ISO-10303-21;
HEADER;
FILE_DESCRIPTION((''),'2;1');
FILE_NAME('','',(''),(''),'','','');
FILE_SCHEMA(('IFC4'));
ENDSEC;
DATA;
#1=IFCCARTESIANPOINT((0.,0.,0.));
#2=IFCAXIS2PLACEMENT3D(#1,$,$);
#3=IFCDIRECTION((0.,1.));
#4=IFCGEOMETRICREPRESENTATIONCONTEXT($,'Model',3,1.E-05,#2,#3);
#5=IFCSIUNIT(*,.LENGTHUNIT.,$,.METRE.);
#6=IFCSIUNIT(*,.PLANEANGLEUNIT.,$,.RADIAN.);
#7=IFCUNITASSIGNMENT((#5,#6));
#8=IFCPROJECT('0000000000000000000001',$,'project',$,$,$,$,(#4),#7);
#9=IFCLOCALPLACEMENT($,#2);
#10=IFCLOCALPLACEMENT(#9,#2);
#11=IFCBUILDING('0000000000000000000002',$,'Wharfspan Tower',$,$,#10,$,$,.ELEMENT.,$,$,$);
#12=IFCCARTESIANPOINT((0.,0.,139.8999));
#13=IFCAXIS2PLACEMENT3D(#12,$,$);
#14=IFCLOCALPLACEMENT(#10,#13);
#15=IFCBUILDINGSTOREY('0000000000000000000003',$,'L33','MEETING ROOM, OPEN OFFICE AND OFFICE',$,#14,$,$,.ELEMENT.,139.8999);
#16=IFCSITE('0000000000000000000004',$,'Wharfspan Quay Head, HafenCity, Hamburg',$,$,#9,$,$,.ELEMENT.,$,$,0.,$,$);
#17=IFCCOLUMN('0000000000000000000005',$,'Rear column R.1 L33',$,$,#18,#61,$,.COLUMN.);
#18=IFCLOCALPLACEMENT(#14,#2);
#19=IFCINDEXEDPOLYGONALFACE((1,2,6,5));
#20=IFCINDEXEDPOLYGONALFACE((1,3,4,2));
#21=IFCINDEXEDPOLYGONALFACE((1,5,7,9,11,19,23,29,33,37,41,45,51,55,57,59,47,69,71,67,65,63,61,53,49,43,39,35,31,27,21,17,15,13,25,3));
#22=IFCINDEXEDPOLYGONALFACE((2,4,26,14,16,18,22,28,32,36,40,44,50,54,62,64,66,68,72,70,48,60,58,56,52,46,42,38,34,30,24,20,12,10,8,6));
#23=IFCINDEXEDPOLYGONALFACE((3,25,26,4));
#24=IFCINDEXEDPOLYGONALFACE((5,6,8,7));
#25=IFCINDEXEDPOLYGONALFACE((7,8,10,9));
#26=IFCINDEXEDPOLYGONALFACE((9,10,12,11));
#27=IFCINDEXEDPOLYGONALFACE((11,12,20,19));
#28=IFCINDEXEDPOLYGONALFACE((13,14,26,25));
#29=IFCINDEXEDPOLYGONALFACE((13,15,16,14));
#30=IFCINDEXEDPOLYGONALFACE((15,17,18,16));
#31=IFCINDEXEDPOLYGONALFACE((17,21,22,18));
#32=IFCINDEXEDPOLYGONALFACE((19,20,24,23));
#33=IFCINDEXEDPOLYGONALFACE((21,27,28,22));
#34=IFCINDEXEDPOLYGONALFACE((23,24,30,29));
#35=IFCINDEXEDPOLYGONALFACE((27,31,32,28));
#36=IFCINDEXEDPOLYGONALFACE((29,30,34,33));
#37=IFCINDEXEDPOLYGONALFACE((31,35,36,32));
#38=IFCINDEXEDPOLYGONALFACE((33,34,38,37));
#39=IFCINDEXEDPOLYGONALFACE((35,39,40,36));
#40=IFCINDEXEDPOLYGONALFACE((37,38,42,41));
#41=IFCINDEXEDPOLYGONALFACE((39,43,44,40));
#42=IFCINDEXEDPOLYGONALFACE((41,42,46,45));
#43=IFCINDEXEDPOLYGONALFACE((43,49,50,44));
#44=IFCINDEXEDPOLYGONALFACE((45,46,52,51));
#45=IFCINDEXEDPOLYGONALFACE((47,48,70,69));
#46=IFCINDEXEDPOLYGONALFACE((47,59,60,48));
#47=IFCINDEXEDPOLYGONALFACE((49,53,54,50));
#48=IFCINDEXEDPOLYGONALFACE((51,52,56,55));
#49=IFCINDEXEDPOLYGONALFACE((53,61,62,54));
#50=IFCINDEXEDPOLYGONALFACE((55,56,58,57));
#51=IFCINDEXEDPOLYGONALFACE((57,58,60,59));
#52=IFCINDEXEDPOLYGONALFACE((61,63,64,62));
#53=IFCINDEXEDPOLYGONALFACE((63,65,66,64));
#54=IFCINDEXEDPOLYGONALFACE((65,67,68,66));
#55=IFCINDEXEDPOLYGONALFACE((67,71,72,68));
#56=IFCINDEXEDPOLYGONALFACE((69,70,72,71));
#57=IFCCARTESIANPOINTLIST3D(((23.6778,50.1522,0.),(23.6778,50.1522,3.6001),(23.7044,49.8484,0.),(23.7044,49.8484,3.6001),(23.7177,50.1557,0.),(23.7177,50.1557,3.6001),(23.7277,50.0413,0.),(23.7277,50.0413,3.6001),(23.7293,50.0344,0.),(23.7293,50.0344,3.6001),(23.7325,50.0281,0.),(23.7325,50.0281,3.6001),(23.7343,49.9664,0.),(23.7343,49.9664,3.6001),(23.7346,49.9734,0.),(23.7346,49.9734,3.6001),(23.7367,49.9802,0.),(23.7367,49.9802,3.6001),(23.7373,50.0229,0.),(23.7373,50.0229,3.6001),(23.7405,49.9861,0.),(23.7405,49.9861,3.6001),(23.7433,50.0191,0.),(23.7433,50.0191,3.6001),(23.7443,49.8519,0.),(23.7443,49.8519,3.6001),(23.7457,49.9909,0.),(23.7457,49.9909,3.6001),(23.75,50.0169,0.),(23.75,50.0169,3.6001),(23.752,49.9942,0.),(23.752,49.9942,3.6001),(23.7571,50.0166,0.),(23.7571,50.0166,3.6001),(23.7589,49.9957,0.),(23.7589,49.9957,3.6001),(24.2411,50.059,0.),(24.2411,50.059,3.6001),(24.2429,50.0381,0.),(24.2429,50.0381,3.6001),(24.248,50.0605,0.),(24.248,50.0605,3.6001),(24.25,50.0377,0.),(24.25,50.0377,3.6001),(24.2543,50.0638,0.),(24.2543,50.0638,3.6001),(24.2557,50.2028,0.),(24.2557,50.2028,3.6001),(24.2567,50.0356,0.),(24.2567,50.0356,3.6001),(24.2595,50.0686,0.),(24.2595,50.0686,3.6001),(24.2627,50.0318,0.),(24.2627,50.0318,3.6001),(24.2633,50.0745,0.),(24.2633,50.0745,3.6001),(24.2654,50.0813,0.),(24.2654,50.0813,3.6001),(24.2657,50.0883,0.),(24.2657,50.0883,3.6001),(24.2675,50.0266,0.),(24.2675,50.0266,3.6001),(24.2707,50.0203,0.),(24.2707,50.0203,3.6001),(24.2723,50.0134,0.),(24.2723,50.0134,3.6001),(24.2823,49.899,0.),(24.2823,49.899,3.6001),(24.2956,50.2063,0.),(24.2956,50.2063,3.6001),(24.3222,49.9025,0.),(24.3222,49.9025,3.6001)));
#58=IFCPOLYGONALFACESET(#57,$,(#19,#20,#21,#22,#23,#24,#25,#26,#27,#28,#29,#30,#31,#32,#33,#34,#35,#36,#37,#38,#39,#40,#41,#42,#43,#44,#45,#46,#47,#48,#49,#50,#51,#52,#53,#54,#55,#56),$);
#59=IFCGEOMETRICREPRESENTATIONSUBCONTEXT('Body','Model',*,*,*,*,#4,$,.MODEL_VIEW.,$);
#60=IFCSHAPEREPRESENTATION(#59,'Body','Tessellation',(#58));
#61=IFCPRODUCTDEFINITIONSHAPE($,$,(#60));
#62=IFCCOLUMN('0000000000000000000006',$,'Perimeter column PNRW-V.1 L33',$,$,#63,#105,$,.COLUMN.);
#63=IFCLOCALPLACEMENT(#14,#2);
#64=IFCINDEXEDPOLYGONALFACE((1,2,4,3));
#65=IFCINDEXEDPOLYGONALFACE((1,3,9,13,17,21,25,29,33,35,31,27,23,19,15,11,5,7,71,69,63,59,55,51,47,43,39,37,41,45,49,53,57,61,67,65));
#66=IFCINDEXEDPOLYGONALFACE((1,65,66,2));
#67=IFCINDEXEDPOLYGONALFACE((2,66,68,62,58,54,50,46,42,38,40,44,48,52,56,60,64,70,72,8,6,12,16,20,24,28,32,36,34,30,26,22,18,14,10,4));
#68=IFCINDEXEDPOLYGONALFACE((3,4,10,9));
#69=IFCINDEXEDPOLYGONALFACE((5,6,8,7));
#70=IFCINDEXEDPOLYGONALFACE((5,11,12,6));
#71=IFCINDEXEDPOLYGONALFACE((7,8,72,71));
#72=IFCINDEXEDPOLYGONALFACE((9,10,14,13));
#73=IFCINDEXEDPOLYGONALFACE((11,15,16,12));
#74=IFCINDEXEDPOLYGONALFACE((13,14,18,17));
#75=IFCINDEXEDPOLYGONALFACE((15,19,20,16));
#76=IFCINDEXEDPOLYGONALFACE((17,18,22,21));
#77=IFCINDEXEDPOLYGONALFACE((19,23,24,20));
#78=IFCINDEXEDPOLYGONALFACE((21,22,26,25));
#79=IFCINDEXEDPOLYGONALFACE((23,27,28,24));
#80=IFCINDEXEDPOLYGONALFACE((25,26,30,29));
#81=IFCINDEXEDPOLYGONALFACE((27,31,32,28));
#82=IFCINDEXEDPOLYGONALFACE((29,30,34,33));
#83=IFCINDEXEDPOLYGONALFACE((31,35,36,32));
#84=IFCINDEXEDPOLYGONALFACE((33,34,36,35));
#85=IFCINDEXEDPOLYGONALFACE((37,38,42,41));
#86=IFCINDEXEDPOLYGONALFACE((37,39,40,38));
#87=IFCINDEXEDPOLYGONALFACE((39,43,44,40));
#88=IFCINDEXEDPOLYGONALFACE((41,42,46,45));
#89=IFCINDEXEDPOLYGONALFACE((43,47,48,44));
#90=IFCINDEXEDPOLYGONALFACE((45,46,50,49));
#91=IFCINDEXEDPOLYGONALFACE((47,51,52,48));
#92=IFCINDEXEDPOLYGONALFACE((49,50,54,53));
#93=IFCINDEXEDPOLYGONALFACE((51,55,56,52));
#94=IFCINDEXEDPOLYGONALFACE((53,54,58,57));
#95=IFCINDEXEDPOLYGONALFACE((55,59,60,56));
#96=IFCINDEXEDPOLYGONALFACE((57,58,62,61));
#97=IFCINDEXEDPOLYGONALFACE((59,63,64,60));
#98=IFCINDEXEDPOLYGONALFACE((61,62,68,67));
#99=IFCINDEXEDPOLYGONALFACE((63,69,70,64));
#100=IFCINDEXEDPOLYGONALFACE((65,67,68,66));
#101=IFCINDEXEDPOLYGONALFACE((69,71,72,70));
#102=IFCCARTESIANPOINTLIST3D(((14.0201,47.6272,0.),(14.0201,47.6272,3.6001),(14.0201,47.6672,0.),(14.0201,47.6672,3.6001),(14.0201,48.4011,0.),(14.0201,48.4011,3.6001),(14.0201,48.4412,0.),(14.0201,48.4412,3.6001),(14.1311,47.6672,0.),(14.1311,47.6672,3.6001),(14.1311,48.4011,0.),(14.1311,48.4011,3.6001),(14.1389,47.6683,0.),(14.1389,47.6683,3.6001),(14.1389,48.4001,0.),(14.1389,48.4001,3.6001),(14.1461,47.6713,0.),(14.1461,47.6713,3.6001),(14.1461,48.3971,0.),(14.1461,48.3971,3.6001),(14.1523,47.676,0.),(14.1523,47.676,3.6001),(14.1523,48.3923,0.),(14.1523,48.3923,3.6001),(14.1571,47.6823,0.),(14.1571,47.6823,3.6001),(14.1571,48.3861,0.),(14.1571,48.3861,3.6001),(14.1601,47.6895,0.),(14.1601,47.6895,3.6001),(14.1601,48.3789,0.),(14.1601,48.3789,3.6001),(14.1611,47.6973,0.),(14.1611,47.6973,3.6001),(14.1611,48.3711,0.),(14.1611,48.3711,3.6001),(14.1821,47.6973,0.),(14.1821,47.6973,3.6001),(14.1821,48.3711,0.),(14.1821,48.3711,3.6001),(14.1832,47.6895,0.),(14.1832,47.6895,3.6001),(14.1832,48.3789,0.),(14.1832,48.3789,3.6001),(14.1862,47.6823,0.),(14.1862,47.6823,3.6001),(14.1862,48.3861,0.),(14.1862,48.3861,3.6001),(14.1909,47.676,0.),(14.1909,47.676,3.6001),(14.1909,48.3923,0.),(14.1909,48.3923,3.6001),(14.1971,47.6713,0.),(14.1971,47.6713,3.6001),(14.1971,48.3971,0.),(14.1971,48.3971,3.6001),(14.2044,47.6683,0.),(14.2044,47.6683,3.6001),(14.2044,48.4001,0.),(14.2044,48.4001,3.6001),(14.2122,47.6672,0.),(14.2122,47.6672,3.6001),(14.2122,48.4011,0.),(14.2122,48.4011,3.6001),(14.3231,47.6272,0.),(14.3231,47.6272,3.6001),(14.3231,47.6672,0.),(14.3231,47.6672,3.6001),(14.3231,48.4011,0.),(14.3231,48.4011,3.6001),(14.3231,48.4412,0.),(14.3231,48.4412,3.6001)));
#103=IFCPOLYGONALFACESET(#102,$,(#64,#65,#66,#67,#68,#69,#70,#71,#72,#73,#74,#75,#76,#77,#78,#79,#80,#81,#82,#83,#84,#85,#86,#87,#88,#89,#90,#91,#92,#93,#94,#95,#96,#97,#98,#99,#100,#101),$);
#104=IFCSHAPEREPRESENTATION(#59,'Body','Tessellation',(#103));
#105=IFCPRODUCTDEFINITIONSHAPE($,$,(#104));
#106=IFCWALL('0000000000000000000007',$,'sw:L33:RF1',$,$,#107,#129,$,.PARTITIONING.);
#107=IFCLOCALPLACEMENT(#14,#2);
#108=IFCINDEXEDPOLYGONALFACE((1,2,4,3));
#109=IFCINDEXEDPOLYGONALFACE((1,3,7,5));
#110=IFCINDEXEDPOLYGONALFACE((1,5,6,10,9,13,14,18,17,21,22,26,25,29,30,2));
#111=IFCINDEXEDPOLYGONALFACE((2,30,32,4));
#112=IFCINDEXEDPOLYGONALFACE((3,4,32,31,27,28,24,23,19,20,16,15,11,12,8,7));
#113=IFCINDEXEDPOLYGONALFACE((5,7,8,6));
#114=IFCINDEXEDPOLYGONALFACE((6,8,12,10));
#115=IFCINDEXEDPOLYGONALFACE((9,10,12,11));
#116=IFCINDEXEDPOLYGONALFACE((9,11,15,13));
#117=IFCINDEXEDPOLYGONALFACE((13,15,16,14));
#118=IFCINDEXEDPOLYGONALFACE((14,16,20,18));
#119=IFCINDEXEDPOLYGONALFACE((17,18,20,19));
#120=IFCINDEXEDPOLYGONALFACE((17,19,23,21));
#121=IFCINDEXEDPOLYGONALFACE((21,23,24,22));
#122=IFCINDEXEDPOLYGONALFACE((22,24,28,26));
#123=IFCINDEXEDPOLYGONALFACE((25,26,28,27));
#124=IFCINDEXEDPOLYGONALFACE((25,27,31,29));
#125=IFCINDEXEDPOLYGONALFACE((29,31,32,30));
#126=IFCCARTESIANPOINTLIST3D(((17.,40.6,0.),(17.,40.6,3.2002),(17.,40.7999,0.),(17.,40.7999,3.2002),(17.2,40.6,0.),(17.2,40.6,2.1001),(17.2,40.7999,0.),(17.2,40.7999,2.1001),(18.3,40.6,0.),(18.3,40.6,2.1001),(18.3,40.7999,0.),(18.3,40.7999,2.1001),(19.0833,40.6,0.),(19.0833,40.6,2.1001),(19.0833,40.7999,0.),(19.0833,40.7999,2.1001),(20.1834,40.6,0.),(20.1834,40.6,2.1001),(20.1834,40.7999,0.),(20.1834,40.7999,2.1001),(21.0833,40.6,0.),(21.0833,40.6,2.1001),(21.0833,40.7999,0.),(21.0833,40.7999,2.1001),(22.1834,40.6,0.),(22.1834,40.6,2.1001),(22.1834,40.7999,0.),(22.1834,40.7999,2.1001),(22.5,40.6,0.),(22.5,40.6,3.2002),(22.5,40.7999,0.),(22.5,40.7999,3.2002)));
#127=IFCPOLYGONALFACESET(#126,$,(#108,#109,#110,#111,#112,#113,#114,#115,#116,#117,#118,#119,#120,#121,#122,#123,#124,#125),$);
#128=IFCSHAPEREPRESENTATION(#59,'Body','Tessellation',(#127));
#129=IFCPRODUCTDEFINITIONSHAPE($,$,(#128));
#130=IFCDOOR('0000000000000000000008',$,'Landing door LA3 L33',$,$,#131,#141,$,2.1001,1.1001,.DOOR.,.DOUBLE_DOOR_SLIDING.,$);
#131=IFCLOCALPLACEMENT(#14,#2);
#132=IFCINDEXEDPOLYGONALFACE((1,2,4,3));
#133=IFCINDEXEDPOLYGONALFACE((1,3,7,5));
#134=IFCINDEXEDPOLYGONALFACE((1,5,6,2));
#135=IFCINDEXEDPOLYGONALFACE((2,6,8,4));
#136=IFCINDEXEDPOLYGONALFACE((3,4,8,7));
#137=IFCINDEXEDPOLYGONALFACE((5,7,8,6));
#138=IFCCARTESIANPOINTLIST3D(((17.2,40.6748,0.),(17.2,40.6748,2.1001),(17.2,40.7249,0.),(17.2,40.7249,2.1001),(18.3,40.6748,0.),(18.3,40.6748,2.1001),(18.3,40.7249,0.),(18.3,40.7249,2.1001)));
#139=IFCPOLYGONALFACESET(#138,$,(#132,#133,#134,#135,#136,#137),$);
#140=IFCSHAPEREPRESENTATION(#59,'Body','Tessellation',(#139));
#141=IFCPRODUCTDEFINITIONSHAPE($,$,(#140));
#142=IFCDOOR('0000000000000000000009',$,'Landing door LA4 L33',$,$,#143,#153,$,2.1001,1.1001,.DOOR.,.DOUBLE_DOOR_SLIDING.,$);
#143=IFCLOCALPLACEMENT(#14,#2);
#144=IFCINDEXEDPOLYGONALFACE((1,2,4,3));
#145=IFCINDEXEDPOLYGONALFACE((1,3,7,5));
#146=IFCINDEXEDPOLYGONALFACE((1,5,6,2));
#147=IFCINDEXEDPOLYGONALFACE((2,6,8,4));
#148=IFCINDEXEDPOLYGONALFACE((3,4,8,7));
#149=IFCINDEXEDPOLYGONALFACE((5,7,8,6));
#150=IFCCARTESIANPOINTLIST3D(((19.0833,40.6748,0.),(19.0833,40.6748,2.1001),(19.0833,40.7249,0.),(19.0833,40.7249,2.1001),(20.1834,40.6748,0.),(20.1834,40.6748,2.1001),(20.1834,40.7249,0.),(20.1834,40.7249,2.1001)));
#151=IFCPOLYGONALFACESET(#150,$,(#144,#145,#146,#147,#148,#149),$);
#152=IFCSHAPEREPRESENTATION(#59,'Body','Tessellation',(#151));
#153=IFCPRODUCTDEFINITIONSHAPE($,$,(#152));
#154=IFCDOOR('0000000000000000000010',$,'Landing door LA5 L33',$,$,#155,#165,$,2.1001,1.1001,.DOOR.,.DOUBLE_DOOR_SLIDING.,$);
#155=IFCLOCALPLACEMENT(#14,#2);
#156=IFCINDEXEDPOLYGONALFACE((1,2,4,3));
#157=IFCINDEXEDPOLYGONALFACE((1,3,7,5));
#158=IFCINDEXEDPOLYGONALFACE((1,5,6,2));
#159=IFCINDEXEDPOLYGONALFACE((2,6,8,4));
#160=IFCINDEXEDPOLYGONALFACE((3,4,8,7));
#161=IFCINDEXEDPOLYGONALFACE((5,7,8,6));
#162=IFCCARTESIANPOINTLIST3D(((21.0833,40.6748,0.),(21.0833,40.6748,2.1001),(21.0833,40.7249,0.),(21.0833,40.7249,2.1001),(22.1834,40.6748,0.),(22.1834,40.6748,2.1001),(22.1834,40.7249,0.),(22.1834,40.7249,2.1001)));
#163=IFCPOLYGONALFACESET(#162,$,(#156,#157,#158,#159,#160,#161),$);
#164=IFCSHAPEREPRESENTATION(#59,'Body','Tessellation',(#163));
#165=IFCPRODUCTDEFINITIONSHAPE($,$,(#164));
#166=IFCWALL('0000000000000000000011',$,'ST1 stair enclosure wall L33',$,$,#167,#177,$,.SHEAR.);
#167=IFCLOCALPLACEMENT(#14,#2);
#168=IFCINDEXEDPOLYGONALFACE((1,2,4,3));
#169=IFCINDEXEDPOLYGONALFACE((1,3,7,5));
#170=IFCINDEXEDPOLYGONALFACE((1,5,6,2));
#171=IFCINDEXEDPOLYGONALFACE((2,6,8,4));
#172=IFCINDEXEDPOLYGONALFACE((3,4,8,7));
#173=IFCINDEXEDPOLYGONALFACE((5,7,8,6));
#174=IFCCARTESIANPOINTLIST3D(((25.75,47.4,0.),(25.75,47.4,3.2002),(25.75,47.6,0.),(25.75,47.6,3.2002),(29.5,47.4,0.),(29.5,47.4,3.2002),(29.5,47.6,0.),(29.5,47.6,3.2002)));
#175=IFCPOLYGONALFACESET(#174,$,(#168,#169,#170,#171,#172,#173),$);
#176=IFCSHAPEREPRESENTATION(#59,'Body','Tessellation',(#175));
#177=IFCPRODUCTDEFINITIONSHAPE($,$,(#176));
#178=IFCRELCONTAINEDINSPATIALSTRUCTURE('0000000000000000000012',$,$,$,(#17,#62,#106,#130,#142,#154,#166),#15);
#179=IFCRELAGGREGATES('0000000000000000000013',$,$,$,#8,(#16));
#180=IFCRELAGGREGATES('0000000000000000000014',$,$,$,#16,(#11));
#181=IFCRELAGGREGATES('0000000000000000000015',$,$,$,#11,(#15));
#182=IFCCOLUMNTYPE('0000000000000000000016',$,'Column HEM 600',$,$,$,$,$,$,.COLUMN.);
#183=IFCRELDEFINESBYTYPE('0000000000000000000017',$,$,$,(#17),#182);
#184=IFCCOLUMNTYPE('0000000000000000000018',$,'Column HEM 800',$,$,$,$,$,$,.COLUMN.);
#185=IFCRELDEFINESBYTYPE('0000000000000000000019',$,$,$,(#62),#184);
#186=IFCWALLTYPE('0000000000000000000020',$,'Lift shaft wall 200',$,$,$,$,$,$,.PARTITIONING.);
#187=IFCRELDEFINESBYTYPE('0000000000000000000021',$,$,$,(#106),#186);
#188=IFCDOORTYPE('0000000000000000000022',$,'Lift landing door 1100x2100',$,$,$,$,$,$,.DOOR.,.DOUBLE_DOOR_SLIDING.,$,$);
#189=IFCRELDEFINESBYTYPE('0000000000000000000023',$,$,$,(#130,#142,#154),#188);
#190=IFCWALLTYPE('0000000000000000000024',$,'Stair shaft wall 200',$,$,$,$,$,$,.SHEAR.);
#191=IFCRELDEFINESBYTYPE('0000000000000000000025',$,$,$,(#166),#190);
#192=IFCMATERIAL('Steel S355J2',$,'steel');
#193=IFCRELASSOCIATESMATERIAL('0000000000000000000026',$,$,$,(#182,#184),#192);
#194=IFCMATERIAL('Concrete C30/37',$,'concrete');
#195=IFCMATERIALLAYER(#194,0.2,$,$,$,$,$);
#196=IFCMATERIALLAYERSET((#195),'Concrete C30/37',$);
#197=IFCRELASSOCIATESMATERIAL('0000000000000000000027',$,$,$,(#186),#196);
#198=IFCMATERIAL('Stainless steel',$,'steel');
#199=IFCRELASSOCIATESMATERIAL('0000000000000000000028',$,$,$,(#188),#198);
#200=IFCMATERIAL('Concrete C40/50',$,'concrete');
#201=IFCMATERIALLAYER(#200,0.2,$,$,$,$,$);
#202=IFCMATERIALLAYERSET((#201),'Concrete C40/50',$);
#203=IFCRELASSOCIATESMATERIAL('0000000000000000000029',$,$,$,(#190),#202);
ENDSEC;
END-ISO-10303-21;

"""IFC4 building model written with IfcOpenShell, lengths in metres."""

from ifc_helpers import new_model, si_unit, direction, frame, frame_2d, origin, origin_2d, place, context, subcontext, project, spatial, rectangle, i_section, extrude, material, layer, layer_set, material_profile, profile_set, type_object, element, fill, save


model = new_model("IFC4")

# Units and contexts
model_context = context("Model", 3, precision=1e-05, world=origin(), true_north=direction((0.0, 1.0)))
body_context = subcontext(model_context, "Body", "Model", "MODEL_VIEW")
ifc_project = project(units=[si_unit("LENGTHUNIT", "METRE"), si_unit("PLANEANGLEUNIT", "RADIAN")], contexts=[model_context])

# Site, building, storey
site_placement = place(None, origin())
site = spatial("IfcSite", under=ifc_project, at=site_placement, Name="Wharfspan Quay Head, HafenCity, Hamburg", CompositionType="ELEMENT", RefElevation=0.0)
building_placement = place(site_placement, origin())
building = spatial("IfcBuilding", under=site, at=building_placement, Name="Wharfspan Tower", CompositionType="ELEMENT")
storey_placement = place(building_placement, frame((0.0, 0.0, 139.8999)))
storey = spatial("IfcBuildingStorey", under=building, at=storey_placement, Name="L33", Description="MEETING ROOM, OPEN OFFICE AND OFFICE", CompositionType="ELEMENT", Elevation=139.8999)

# Columns
ifc_material_1 = material(Name="Steel S355J2", Category="steel")
ifc_material_profile_1 = material_profile(ifc_material_1, i_section(OverallWidth=0.3049, OverallDepth=0.6201, WebThickness=0.021, FlangeThickness=0.04, FilletRadius=0.0271, at=origin_2d()))
ifc_profile_set_1 = profile_set([ifc_material_profile_1], Name="Steel S355J2")
column_type_1 = type_object("IfcColumnType", Name="Column HEM 600", PredefinedType="COLUMN", material=ifc_profile_set_1)
column_1_placement = place(storey_placement, frame((24.0, 50.0273, 0.0), z_axis=(0.0, 0.0, 1.0), x_axis=(-0.087156, 0.996198, 0.0)))
element("IfcColumn", 1, at=column_1_placement, inside=storey, type_object=column_type_1, Name="Rear column R.1 L33", PredefinedType="COLUMN", context=body_context, shape_type="SweptSolid", body=[
    extrude(i_section(OverallWidth=0.3049, OverallDepth=0.6201, WebThickness=0.021, FlangeThickness=0.04, FilletRadius=0.0271, at=origin_2d()), origin(), (0.0, 0.0, 1.0), 3.6001),
])
ifc_material_profile_2 = material_profile(ifc_material_1, i_section(OverallWidth=0.303, OverallDepth=0.814, WebThickness=0.021, FlangeThickness=0.04, FilletRadius=0.03, at=origin_2d()))
ifc_profile_set_2 = profile_set([ifc_material_profile_2], Name="Steel S355J2")
column_type_2 = type_object("IfcColumnType", Name="Column HEM 800", PredefinedType="COLUMN", material=ifc_profile_set_2)
column_2_placement = place(storey_placement, frame((14.1716, 48.0342, 0.0), z_axis=(0.0, 0.0, 1.0), x_axis=(-1.0, 0.0, 0.0)))
element("IfcColumn", 2, at=column_2_placement, inside=storey, type_object=column_type_2, Name="Perimeter column PNRW-V.1 L33", PredefinedType="COLUMN", context=body_context, shape_type="SweptSolid", body=[
    extrude(i_section(OverallWidth=0.303, OverallDepth=0.814, WebThickness=0.021, FlangeThickness=0.04, FilletRadius=0.03, at=origin_2d()), origin(), (0.0, 0.0, 1.0), 3.6001),
])

# Wall, openings, doors
ifc_material_2 = material(Name="Concrete C30/37", Category="concrete")
ifc_layer_1 = layer(ifc_material_2, 0.2)
ifc_layer_set_1 = layer_set([ifc_layer_1], Name="Concrete C30/37")
wall_type_1 = type_object("IfcWallType", Name="Lift shaft wall 200", PredefinedType="PARTITIONING", material=ifc_layer_set_1)
wall_1_placement = place(storey_placement, frame((17.0, 40.7, 0.0), z_axis=(0.0, 0.0, 1.0), x_axis=(1.0, 0.0, 0.0)))
wall_1 = element("IfcWall", 3, at=wall_1_placement, inside=storey, type_object=wall_type_1, Name="sw:L33:RF1", PredefinedType="PARTITIONING", context=body_context, shape_type="SweptSolid", body=[
    extrude(rectangle(XDim=5.5, YDim=0.2, at=frame_2d((2.75, 0.0))), origin(), (0.0, 0.0, 1.0), 3.2002),
])
opening_1_placement = place(wall_1_placement, frame((0.2, 0.0, 0.0)))
opening_1 = element("IfcOpeningElement", 4, at=opening_1_placement, cuts=wall_1, PredefinedType="OPENING", context=body_context, shape_type="SweptSolid", body=[
    extrude(rectangle(XDim=1.1001, YDim=2.1001, at=frame_2d((0.55, 1.05))), frame((0.0, 0.1099, 0.0), z_axis=(0.0, -1.0, 0.0), x_axis=(1.0, 0.0, 0.0)), (0.0, 0.0, 1.0), 0.22),
])
opening_2_placement = place(wall_1_placement, frame((2.0833, 0.0, 0.0)))
opening_2 = element("IfcOpeningElement", 5, at=opening_2_placement, cuts=wall_1, PredefinedType="OPENING", context=body_context, shape_type="SweptSolid", body=[
    extrude(rectangle(XDim=1.1001, YDim=2.1001, at=frame_2d((0.55, 1.05))), frame((0.0, 0.1099, 0.0), z_axis=(0.0, -1.0, 0.0), x_axis=(1.0, 0.0, 0.0)), (0.0, 0.0, 1.0), 0.22),
])
opening_3_placement = place(wall_1_placement, frame((4.0833, 0.0, 0.0)))
opening_3 = element("IfcOpeningElement", 6, at=opening_3_placement, cuts=wall_1, PredefinedType="OPENING", context=body_context, shape_type="SweptSolid", body=[
    extrude(rectangle(XDim=1.1001, YDim=2.1001, at=frame_2d((0.55, 1.05))), frame((0.0, 0.1099, 0.0), z_axis=(0.0, -1.0, 0.0), x_axis=(1.0, 0.0, 0.0)), (0.0, 0.0, 1.0), 0.22),
])
ifc_material_3 = material(Name="Stainless steel", Category="steel")
door_type = type_object("IfcDoorType", Name="Lift landing door 1100x2100", OperationType="DOUBLE_DOOR_SLIDING", PredefinedType="DOOR", material=ifc_material_3)
door_1_placement = place(opening_1_placement, origin())
door_1 = element("IfcDoor", 7, at=door_1_placement, inside=storey, type_object=door_type, Name="Landing door LA3 L33", OperationType="DOUBLE_DOOR_SLIDING", OverallHeight=2.1001, OverallWidth=1.1001, PredefinedType="DOOR", context=body_context, shape_type="SweptSolid", body=[
    extrude(rectangle(XDim=1.1001, YDim=2.1001, at=frame_2d((0.55, 1.05))), frame((0.0, 0.0249, 0.0), z_axis=(0.0, -1.0, 0.0), x_axis=(1.0, 0.0, 0.0)), (0.0, 0.0, 1.0), 0.05),
])
fill(opening_1, door_1)
door_2_placement = place(opening_2_placement, origin())
door_2 = element("IfcDoor", 8, at=door_2_placement, inside=storey, type_object=door_type, Name="Landing door LA4 L33", OperationType="DOUBLE_DOOR_SLIDING", OverallHeight=2.1001, OverallWidth=1.1001, PredefinedType="DOOR", context=body_context, shape_type="SweptSolid", body=[
    extrude(rectangle(XDim=1.1001, YDim=2.1001, at=frame_2d((0.55, 1.05))), frame((0.0, 0.0249, 0.0), z_axis=(0.0, -1.0, 0.0), x_axis=(1.0, 0.0, 0.0)), (0.0, 0.0, 1.0), 0.05),
])
fill(opening_2, door_2)
door_3_placement = place(opening_3_placement, origin())
door_3 = element("IfcDoor", 9, at=door_3_placement, inside=storey, type_object=door_type, Name="Landing door LA5 L33", OperationType="DOUBLE_DOOR_SLIDING", OverallHeight=2.1001, OverallWidth=1.1001, PredefinedType="DOOR", context=body_context, shape_type="SweptSolid", body=[
    extrude(rectangle(XDim=1.1001, YDim=2.1001, at=frame_2d((0.55, 1.05))), frame((0.0, 0.0249, 0.0), z_axis=(0.0, -1.0, 0.0), x_axis=(1.0, 0.0, 0.0)), (0.0, 0.0, 1.0), 0.05),
])
fill(opening_3, door_3)

# Wall
ifc_material_4 = material(Name="Concrete C40/50", Category="concrete")
ifc_layer_2 = layer(ifc_material_4, 0.2)
ifc_layer_set_2 = layer_set([ifc_layer_2], Name="Concrete C40/50")
wall_type_2 = type_object("IfcWallType", Name="Stair shaft wall 200", PredefinedType="SHEAR", material=ifc_layer_set_2)
wall_2_placement = place(storey_placement, frame((25.75, 47.5, 0.0), z_axis=(0.0, 0.0, 1.0), x_axis=(1.0, 0.0, 0.0)))
element("IfcWall", 10, at=wall_2_placement, inside=storey, type_object=wall_type_2, Name="ST1 stair enclosure wall L33", PredefinedType="SHEAR", context=body_context, shape_type="SweptSolid", body=[
    extrude(rectangle(XDim=3.75, YDim=0.2, at=frame_2d((1.875, 0.0))), origin(), (0.0, 0.0, 1.0), 3.2002),
])

save(model, "model.ifc")
